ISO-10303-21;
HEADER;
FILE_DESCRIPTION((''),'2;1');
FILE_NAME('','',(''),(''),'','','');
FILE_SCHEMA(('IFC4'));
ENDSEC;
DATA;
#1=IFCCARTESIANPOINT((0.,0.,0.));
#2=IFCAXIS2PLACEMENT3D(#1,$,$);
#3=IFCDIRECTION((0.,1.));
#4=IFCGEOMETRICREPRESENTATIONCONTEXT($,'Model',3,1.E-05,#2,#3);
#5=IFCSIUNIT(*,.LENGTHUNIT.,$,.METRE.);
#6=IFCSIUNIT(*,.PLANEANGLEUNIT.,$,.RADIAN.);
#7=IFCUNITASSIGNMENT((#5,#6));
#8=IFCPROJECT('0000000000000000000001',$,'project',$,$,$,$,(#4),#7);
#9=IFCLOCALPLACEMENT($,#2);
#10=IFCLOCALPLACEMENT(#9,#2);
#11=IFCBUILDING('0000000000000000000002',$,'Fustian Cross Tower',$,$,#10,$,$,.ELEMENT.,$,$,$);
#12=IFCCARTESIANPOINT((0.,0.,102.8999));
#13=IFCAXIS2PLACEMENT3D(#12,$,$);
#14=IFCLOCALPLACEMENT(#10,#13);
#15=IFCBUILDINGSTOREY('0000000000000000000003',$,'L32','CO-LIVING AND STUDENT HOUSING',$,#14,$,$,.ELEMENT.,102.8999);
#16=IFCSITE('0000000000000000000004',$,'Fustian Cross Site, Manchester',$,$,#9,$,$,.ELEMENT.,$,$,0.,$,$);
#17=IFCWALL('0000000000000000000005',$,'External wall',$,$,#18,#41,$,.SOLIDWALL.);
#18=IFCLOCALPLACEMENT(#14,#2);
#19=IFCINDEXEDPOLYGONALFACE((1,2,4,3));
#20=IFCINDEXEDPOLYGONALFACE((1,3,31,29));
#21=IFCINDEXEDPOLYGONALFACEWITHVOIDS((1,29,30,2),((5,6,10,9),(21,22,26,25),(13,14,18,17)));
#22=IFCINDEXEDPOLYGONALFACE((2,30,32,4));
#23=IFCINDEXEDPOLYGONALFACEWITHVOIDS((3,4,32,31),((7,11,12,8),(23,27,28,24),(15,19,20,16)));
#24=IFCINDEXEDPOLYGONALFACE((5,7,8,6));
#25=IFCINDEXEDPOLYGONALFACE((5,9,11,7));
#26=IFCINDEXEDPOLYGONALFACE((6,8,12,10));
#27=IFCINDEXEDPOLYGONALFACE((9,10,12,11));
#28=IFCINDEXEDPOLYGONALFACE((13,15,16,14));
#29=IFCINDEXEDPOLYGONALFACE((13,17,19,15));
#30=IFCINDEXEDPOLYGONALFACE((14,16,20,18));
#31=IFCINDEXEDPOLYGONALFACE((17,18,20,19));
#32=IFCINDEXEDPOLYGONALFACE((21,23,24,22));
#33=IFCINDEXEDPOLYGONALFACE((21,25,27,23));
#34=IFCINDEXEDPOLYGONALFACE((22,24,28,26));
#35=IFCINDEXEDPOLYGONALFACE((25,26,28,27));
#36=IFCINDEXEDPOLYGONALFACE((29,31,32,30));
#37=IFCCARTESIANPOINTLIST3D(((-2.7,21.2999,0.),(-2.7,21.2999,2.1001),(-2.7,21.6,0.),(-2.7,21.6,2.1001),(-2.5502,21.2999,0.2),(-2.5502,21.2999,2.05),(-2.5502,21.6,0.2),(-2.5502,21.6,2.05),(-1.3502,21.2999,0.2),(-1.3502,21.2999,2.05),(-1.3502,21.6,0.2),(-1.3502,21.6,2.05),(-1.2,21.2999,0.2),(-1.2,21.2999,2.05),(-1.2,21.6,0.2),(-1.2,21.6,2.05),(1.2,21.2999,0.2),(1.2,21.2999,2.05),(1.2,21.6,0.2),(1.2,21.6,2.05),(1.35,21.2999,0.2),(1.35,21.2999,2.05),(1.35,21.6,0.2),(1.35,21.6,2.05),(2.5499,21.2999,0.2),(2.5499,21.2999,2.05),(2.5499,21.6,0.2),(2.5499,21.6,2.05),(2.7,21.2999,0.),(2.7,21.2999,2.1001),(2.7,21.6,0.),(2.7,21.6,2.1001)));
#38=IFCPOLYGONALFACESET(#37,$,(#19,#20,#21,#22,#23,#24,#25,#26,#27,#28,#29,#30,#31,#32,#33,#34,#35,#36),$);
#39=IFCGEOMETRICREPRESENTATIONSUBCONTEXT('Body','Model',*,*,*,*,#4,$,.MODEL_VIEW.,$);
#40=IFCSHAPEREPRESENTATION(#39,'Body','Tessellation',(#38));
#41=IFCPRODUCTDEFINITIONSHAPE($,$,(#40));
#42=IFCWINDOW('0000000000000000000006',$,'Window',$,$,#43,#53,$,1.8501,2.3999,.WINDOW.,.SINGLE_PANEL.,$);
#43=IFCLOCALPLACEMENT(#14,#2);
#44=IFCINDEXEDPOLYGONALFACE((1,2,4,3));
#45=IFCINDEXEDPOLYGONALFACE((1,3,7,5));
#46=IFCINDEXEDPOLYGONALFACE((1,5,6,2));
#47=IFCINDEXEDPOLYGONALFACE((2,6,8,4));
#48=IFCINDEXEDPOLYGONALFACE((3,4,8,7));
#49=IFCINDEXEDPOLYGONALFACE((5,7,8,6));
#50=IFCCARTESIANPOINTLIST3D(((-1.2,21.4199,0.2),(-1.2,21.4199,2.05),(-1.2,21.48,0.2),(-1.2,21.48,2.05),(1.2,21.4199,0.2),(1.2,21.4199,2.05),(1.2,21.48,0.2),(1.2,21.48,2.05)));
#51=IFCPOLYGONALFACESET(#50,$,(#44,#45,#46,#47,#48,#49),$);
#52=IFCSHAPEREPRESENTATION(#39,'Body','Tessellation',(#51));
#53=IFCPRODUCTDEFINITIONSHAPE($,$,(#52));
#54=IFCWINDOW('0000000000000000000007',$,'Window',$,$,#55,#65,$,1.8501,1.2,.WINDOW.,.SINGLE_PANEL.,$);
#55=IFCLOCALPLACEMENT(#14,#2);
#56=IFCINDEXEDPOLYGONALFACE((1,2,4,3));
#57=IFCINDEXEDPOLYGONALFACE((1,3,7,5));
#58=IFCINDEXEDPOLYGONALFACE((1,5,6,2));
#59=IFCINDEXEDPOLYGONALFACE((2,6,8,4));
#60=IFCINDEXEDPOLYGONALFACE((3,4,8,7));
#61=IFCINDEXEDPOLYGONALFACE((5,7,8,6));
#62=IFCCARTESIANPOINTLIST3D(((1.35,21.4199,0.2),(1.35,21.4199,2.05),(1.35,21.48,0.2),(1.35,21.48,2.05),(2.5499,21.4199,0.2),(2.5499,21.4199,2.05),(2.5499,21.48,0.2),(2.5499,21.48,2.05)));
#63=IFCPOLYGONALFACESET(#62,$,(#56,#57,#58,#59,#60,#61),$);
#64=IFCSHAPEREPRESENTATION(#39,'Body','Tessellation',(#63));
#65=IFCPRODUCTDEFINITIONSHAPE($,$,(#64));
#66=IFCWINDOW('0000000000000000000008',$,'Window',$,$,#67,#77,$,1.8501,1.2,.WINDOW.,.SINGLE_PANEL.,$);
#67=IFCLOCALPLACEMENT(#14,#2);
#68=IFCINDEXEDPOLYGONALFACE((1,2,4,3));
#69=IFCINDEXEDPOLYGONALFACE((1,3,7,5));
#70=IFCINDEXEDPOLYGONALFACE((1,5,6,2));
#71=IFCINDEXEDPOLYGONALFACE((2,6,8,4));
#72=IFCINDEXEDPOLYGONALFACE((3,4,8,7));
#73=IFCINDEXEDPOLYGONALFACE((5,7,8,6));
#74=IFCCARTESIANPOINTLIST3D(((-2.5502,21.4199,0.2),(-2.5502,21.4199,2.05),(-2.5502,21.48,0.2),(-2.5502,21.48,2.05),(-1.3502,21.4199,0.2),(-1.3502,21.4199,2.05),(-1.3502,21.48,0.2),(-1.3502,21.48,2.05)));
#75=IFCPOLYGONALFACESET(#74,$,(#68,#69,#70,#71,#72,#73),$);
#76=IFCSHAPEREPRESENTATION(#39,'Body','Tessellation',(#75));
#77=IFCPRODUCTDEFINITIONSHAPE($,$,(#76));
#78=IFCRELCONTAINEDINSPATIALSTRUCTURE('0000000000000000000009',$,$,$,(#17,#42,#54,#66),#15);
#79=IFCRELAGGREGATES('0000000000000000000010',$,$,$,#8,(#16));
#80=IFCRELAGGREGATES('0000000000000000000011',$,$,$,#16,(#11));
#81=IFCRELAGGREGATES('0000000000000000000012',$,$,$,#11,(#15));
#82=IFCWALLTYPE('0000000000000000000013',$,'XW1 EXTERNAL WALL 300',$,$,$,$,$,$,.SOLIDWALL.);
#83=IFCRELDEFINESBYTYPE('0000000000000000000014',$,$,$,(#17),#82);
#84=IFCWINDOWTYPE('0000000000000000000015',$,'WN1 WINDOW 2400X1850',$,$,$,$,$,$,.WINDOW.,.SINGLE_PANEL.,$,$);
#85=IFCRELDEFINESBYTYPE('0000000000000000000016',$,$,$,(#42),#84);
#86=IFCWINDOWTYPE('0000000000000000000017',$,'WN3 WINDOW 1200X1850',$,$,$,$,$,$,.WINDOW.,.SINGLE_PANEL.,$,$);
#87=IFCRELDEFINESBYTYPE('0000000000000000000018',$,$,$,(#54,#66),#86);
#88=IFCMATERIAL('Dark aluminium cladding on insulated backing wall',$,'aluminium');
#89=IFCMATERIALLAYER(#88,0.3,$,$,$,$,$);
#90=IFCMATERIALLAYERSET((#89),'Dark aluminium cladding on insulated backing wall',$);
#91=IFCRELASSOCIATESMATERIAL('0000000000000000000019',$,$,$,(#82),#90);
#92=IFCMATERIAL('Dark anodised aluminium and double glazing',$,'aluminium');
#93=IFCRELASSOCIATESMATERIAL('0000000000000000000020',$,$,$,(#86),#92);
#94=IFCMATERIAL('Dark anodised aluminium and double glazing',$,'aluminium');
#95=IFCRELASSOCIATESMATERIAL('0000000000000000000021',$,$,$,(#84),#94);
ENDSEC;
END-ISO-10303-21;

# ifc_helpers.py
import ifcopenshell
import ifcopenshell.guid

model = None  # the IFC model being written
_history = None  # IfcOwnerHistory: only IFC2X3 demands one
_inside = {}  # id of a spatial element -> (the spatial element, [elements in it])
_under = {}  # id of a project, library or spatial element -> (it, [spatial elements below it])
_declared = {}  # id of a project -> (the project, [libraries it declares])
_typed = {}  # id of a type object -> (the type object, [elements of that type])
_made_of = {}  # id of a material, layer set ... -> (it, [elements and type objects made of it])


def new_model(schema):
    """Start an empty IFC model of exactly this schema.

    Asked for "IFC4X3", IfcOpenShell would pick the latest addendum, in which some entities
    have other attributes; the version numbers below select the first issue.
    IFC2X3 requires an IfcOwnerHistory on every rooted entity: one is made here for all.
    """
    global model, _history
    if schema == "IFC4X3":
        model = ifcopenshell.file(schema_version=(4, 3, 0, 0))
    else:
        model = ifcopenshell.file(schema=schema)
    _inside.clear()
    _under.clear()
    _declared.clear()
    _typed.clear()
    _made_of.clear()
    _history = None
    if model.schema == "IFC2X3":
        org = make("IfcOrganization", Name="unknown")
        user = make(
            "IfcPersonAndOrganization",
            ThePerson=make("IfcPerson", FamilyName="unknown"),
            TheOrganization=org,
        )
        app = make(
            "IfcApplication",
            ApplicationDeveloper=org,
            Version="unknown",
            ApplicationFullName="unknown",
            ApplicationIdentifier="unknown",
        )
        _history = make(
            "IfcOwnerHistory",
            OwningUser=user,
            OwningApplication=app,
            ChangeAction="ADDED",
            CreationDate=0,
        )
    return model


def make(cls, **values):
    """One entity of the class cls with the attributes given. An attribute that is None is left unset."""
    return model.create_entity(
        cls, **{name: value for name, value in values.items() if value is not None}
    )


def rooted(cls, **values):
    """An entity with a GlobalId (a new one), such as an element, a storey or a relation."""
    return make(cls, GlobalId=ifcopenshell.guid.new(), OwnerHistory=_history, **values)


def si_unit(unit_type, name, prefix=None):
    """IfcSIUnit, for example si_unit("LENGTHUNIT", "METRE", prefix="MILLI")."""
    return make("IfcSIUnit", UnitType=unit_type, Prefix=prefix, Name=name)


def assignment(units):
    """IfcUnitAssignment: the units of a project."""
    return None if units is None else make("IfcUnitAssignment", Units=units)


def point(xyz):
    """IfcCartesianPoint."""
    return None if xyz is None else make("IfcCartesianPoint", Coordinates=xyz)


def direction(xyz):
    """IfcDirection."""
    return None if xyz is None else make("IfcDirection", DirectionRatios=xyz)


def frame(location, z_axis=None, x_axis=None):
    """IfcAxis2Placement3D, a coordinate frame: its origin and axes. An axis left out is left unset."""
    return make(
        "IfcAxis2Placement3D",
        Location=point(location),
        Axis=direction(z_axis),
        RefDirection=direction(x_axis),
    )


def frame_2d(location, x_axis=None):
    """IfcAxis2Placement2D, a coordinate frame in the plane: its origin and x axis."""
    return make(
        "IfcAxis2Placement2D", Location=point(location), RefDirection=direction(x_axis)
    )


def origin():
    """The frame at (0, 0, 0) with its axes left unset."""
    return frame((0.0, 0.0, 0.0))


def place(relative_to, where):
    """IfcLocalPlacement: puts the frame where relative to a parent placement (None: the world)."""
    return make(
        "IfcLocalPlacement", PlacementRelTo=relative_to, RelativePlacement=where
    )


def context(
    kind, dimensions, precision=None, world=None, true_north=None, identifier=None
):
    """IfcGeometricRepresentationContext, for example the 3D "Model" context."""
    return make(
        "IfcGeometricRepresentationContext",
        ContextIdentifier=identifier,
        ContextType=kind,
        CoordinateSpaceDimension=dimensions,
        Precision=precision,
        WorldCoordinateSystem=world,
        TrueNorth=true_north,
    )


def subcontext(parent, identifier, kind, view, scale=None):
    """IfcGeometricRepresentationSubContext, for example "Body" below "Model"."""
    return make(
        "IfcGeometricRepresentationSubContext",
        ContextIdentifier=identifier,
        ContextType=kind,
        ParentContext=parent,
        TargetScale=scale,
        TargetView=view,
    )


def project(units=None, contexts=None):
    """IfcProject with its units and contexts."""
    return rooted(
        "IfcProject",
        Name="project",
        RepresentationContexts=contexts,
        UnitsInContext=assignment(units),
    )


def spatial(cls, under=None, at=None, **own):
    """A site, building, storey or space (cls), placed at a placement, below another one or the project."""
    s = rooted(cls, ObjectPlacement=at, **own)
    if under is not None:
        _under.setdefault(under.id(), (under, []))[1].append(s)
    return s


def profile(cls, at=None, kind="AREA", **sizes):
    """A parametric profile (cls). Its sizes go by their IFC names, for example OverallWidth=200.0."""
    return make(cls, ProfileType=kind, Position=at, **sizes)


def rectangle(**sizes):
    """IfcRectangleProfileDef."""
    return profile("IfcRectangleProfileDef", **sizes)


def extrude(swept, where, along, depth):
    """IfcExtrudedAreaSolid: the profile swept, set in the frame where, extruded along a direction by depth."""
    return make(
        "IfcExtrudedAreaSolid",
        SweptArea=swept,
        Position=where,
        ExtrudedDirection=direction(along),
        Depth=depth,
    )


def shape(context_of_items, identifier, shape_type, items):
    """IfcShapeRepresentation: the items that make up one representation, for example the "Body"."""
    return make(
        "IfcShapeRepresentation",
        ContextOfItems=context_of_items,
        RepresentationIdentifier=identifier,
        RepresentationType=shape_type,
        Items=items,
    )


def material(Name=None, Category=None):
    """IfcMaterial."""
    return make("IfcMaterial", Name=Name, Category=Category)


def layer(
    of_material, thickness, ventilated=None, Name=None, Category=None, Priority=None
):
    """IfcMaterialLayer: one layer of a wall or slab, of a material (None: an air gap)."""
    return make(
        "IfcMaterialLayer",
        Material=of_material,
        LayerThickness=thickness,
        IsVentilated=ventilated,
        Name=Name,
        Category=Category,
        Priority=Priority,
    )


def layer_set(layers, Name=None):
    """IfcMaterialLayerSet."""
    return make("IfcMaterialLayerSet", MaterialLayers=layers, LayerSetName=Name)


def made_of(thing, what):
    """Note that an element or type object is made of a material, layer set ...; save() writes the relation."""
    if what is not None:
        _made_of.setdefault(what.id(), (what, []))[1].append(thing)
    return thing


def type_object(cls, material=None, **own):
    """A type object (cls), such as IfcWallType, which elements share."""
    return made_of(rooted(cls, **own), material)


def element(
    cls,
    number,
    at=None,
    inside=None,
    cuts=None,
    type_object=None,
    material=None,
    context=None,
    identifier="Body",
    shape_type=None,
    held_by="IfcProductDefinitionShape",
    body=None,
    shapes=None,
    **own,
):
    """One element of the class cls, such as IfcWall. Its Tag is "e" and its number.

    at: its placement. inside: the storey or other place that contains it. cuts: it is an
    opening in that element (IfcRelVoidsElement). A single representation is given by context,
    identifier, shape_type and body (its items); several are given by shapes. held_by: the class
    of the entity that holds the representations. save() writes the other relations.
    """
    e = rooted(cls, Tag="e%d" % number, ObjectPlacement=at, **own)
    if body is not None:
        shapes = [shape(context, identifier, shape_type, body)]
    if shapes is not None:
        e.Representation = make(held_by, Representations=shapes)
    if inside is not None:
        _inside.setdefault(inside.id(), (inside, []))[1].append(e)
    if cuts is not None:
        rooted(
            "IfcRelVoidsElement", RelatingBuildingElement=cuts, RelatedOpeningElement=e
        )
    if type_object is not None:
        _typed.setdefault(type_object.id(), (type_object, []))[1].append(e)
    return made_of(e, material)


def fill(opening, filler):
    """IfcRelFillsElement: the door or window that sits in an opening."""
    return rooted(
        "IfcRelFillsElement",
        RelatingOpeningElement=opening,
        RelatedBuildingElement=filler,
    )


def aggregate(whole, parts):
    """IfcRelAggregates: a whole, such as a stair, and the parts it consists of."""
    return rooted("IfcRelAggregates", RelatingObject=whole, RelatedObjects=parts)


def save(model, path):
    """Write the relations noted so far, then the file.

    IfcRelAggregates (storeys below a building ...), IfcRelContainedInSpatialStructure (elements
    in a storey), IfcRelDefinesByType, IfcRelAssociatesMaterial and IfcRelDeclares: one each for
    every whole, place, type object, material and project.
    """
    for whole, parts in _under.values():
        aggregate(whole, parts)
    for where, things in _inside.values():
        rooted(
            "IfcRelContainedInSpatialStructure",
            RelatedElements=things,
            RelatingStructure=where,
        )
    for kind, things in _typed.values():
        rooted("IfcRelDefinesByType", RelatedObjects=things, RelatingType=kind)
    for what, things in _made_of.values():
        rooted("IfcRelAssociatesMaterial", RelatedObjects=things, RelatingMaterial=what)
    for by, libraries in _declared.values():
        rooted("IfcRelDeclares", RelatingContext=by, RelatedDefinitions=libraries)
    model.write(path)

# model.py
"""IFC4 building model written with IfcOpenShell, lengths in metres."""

from ifc_helpers import new_model, si_unit, direction, frame, frame_2d, origin, place, context, subcontext, project, spatial, rectangle, extrude, material, layer, layer_set, type_object, element, fill, save


model = new_model("IFC4")

# Units and contexts
model_context = context("Model", 3, precision=1e-05, world=origin(), true_north=direction((0.0, 1.0)))
body_context = subcontext(model_context, "Body", "Model", "MODEL_VIEW")
ifc_project = project(units=[si_unit("LENGTHUNIT", "METRE"), si_unit("PLANEANGLEUNIT", "RADIAN")], contexts=[model_context])

# Site, building, storey
site_placement = place(None, origin())
site = spatial("IfcSite", under=ifc_project, at=site_placement, Name="Fustian Cross Site, Manchester", CompositionType="ELEMENT", RefElevation=0.0)
building_placement = place(site_placement, origin())
building = spatial("IfcBuilding", under=site, at=building_placement, Name="Fustian Cross Tower", CompositionType="ELEMENT")
storey_placement = place(building_placement, frame((0.0, 0.0, 102.8999)))
storey = spatial("IfcBuildingStorey", under=building, at=storey_placement, Name="L32", Description="CO-LIVING AND STUDENT HOUSING", CompositionType="ELEMENT", Elevation=102.8999)

# Shared definitions
ifc_material_1 = material(Name="Dark aluminium cladding on insulated backing wall", Category="aluminium")
ifc_layer_1 = layer(ifc_material_1, 0.3)
ifc_layer_set_1 = layer_set([ifc_layer_1], Name="Dark aluminium cladding on insulated backing wall")
wall_type_1 = type_object("IfcWallType", Name="XW1 EXTERNAL WALL 300", PredefinedType="SOLIDWALL", material=ifc_layer_set_1)
ifc_material_2 = material(Name="Dark anodised aluminium and double glazing", Category="aluminium")
window_type_1 = type_object("IfcWindowType", Name="WN3 WINDOW 1200X1850", PartitioningType="SINGLE_PANEL", PredefinedType="WINDOW", material=ifc_material_2)

# Wall, openings, windows
wall_1_placement = place(storey_placement, frame((2.7, 21.45, 0.0), z_axis=(0.0, 0.0, 1.0), x_axis=(-1.0, 0.0, 0.0)))
wall_1 = element("IfcWall", 1, at=wall_1_placement, inside=storey, type_object=wall_type_1, Name="External wall", PredefinedType="SOLIDWALL", context=body_context, shape_type="SweptSolid", body=[
    extrude(rectangle(XDim=5.3999, YDim=0.3, at=frame_2d((2.7, 0.0))), origin(), (0.0, 0.0, 1.0), 2.1001),
])
opening_1_placement = place(wall_1_placement, frame((1.5, 0.0, 0.2)))
opening_1 = element("IfcOpeningElement", 2, at=opening_1_placement, cuts=wall_1, PredefinedType="OPENING", context=body_context, shape_type="SweptSolid", body=[
    extrude(rectangle(XDim=2.3999, YDim=1.8501, at=frame_2d((1.2, 0.925))), frame((0.0, 0.1599, 0.0), z_axis=(0.0, -1.0, 0.0), x_axis=(1.0, 0.0, 0.0)), (0.0, 0.0, 1.0), 0.3201),
])
opening_2_placement = place(wall_1_placement, frame((0.1499, 0.0, 0.2)))
opening_2 = element("IfcOpeningElement", 3, at=opening_2_placement, cuts=wall_1, PredefinedType="OPENING", context=body_context, shape_type="SweptSolid", body=[
    extrude(rectangle(XDim=1.2, YDim=1.8501, at=frame_2d((0.6001, 0.925))), frame((0.0, 0.1599, 0.0), z_axis=(0.0, -1.0, 0.0), x_axis=(1.0, 0.0, 0.0)), (0.0, 0.0, 1.0), 0.3201),
])
opening_3_placement = place(wall_1_placement, frame((4.05, 0.0, 0.2)))
opening_3 = element("IfcOpeningElement", 4, at=opening_3_placement, cuts=wall_1, PredefinedType="OPENING", context=body_context, shape_type="SweptSolid", body=[
    extrude(rectangle(XDim=1.2, YDim=1.8501, at=frame_2d((0.6001, 0.925))), frame((0.0, 0.1599, 0.0), z_axis=(0.0, -1.0, 0.0), x_axis=(1.0, 0.0, 0.0)), (0.0, 0.0, 1.0), 0.3201),
])
ifc_material_3 = material(Name="Dark anodised aluminium and double glazing", Category="aluminium")
window_type_2 = type_object("IfcWindowType", Name="WN1 WINDOW 2400X1850", PartitioningType="SINGLE_PANEL", PredefinedType="WINDOW", material=ifc_material_3)
window_1_placement = place(opening_1_placement, origin())
window_1 = element("IfcWindow", 5, at=window_1_placement, inside=storey, type_object=window_type_2, Name="Window", OverallHeight=1.8501, OverallWidth=2.3999, PartitioningType="SINGLE_PANEL", PredefinedType="WINDOW", context=body_context, shape_type="SweptSolid", body=[
    extrude(rectangle(XDim=2.3999, YDim=1.8501, at=frame_2d((1.2, 0.925))), frame((0.0, 0.03, 0.0), z_axis=(0.0, -1.0, 0.0), x_axis=(1.0, 0.0, 0.0)), (0.0, 0.0, 1.0), 0.0601),
])
fill(opening_1, window_1)
window_2_placement = place(opening_2_placement, origin())
window_2 = element("IfcWindow", 6, at=window_2_placement, inside=storey, type_object=window_type_1, Name="Window", OverallHeight=1.8501, OverallWidth=1.2, PartitioningType="SINGLE_PANEL", PredefinedType="WINDOW", context=body_context, shape_type="SweptSolid", body=[
    extrude(rectangle(XDim=1.2, YDim=1.8501, at=frame_2d((0.6001, 0.925))), frame((0.0, 0.03, 0.0), z_axis=(0.0, -1.0, 0.0), x_axis=(1.0, 0.0, 0.0)), (0.0, 0.0, 1.0), 0.0601),
])
fill(opening_2, window_2)
window_3_placement = place(opening_3_placement, origin())
window_3 = element("IfcWindow", 7, at=window_3_placement, inside=storey, type_object=window_type_1, Name="Window", OverallHeight=1.8501, OverallWidth=1.2, PartitioningType="SINGLE_PANEL", PredefinedType="WINDOW", context=body_context, shape_type="SweptSolid", body=[
    extrude(rectangle(XDim=1.2, YDim=1.8501, at=frame_2d((0.6001, 0.925))), frame((0.0, 0.03, 0.0), z_axis=(0.0, -1.0, 0.0), x_axis=(1.0, 0.0, 0.0)), (0.0, 0.0, 1.0), 0.0601),
])
fill(opening_3, window_3)

save(model, "model.ifc")
